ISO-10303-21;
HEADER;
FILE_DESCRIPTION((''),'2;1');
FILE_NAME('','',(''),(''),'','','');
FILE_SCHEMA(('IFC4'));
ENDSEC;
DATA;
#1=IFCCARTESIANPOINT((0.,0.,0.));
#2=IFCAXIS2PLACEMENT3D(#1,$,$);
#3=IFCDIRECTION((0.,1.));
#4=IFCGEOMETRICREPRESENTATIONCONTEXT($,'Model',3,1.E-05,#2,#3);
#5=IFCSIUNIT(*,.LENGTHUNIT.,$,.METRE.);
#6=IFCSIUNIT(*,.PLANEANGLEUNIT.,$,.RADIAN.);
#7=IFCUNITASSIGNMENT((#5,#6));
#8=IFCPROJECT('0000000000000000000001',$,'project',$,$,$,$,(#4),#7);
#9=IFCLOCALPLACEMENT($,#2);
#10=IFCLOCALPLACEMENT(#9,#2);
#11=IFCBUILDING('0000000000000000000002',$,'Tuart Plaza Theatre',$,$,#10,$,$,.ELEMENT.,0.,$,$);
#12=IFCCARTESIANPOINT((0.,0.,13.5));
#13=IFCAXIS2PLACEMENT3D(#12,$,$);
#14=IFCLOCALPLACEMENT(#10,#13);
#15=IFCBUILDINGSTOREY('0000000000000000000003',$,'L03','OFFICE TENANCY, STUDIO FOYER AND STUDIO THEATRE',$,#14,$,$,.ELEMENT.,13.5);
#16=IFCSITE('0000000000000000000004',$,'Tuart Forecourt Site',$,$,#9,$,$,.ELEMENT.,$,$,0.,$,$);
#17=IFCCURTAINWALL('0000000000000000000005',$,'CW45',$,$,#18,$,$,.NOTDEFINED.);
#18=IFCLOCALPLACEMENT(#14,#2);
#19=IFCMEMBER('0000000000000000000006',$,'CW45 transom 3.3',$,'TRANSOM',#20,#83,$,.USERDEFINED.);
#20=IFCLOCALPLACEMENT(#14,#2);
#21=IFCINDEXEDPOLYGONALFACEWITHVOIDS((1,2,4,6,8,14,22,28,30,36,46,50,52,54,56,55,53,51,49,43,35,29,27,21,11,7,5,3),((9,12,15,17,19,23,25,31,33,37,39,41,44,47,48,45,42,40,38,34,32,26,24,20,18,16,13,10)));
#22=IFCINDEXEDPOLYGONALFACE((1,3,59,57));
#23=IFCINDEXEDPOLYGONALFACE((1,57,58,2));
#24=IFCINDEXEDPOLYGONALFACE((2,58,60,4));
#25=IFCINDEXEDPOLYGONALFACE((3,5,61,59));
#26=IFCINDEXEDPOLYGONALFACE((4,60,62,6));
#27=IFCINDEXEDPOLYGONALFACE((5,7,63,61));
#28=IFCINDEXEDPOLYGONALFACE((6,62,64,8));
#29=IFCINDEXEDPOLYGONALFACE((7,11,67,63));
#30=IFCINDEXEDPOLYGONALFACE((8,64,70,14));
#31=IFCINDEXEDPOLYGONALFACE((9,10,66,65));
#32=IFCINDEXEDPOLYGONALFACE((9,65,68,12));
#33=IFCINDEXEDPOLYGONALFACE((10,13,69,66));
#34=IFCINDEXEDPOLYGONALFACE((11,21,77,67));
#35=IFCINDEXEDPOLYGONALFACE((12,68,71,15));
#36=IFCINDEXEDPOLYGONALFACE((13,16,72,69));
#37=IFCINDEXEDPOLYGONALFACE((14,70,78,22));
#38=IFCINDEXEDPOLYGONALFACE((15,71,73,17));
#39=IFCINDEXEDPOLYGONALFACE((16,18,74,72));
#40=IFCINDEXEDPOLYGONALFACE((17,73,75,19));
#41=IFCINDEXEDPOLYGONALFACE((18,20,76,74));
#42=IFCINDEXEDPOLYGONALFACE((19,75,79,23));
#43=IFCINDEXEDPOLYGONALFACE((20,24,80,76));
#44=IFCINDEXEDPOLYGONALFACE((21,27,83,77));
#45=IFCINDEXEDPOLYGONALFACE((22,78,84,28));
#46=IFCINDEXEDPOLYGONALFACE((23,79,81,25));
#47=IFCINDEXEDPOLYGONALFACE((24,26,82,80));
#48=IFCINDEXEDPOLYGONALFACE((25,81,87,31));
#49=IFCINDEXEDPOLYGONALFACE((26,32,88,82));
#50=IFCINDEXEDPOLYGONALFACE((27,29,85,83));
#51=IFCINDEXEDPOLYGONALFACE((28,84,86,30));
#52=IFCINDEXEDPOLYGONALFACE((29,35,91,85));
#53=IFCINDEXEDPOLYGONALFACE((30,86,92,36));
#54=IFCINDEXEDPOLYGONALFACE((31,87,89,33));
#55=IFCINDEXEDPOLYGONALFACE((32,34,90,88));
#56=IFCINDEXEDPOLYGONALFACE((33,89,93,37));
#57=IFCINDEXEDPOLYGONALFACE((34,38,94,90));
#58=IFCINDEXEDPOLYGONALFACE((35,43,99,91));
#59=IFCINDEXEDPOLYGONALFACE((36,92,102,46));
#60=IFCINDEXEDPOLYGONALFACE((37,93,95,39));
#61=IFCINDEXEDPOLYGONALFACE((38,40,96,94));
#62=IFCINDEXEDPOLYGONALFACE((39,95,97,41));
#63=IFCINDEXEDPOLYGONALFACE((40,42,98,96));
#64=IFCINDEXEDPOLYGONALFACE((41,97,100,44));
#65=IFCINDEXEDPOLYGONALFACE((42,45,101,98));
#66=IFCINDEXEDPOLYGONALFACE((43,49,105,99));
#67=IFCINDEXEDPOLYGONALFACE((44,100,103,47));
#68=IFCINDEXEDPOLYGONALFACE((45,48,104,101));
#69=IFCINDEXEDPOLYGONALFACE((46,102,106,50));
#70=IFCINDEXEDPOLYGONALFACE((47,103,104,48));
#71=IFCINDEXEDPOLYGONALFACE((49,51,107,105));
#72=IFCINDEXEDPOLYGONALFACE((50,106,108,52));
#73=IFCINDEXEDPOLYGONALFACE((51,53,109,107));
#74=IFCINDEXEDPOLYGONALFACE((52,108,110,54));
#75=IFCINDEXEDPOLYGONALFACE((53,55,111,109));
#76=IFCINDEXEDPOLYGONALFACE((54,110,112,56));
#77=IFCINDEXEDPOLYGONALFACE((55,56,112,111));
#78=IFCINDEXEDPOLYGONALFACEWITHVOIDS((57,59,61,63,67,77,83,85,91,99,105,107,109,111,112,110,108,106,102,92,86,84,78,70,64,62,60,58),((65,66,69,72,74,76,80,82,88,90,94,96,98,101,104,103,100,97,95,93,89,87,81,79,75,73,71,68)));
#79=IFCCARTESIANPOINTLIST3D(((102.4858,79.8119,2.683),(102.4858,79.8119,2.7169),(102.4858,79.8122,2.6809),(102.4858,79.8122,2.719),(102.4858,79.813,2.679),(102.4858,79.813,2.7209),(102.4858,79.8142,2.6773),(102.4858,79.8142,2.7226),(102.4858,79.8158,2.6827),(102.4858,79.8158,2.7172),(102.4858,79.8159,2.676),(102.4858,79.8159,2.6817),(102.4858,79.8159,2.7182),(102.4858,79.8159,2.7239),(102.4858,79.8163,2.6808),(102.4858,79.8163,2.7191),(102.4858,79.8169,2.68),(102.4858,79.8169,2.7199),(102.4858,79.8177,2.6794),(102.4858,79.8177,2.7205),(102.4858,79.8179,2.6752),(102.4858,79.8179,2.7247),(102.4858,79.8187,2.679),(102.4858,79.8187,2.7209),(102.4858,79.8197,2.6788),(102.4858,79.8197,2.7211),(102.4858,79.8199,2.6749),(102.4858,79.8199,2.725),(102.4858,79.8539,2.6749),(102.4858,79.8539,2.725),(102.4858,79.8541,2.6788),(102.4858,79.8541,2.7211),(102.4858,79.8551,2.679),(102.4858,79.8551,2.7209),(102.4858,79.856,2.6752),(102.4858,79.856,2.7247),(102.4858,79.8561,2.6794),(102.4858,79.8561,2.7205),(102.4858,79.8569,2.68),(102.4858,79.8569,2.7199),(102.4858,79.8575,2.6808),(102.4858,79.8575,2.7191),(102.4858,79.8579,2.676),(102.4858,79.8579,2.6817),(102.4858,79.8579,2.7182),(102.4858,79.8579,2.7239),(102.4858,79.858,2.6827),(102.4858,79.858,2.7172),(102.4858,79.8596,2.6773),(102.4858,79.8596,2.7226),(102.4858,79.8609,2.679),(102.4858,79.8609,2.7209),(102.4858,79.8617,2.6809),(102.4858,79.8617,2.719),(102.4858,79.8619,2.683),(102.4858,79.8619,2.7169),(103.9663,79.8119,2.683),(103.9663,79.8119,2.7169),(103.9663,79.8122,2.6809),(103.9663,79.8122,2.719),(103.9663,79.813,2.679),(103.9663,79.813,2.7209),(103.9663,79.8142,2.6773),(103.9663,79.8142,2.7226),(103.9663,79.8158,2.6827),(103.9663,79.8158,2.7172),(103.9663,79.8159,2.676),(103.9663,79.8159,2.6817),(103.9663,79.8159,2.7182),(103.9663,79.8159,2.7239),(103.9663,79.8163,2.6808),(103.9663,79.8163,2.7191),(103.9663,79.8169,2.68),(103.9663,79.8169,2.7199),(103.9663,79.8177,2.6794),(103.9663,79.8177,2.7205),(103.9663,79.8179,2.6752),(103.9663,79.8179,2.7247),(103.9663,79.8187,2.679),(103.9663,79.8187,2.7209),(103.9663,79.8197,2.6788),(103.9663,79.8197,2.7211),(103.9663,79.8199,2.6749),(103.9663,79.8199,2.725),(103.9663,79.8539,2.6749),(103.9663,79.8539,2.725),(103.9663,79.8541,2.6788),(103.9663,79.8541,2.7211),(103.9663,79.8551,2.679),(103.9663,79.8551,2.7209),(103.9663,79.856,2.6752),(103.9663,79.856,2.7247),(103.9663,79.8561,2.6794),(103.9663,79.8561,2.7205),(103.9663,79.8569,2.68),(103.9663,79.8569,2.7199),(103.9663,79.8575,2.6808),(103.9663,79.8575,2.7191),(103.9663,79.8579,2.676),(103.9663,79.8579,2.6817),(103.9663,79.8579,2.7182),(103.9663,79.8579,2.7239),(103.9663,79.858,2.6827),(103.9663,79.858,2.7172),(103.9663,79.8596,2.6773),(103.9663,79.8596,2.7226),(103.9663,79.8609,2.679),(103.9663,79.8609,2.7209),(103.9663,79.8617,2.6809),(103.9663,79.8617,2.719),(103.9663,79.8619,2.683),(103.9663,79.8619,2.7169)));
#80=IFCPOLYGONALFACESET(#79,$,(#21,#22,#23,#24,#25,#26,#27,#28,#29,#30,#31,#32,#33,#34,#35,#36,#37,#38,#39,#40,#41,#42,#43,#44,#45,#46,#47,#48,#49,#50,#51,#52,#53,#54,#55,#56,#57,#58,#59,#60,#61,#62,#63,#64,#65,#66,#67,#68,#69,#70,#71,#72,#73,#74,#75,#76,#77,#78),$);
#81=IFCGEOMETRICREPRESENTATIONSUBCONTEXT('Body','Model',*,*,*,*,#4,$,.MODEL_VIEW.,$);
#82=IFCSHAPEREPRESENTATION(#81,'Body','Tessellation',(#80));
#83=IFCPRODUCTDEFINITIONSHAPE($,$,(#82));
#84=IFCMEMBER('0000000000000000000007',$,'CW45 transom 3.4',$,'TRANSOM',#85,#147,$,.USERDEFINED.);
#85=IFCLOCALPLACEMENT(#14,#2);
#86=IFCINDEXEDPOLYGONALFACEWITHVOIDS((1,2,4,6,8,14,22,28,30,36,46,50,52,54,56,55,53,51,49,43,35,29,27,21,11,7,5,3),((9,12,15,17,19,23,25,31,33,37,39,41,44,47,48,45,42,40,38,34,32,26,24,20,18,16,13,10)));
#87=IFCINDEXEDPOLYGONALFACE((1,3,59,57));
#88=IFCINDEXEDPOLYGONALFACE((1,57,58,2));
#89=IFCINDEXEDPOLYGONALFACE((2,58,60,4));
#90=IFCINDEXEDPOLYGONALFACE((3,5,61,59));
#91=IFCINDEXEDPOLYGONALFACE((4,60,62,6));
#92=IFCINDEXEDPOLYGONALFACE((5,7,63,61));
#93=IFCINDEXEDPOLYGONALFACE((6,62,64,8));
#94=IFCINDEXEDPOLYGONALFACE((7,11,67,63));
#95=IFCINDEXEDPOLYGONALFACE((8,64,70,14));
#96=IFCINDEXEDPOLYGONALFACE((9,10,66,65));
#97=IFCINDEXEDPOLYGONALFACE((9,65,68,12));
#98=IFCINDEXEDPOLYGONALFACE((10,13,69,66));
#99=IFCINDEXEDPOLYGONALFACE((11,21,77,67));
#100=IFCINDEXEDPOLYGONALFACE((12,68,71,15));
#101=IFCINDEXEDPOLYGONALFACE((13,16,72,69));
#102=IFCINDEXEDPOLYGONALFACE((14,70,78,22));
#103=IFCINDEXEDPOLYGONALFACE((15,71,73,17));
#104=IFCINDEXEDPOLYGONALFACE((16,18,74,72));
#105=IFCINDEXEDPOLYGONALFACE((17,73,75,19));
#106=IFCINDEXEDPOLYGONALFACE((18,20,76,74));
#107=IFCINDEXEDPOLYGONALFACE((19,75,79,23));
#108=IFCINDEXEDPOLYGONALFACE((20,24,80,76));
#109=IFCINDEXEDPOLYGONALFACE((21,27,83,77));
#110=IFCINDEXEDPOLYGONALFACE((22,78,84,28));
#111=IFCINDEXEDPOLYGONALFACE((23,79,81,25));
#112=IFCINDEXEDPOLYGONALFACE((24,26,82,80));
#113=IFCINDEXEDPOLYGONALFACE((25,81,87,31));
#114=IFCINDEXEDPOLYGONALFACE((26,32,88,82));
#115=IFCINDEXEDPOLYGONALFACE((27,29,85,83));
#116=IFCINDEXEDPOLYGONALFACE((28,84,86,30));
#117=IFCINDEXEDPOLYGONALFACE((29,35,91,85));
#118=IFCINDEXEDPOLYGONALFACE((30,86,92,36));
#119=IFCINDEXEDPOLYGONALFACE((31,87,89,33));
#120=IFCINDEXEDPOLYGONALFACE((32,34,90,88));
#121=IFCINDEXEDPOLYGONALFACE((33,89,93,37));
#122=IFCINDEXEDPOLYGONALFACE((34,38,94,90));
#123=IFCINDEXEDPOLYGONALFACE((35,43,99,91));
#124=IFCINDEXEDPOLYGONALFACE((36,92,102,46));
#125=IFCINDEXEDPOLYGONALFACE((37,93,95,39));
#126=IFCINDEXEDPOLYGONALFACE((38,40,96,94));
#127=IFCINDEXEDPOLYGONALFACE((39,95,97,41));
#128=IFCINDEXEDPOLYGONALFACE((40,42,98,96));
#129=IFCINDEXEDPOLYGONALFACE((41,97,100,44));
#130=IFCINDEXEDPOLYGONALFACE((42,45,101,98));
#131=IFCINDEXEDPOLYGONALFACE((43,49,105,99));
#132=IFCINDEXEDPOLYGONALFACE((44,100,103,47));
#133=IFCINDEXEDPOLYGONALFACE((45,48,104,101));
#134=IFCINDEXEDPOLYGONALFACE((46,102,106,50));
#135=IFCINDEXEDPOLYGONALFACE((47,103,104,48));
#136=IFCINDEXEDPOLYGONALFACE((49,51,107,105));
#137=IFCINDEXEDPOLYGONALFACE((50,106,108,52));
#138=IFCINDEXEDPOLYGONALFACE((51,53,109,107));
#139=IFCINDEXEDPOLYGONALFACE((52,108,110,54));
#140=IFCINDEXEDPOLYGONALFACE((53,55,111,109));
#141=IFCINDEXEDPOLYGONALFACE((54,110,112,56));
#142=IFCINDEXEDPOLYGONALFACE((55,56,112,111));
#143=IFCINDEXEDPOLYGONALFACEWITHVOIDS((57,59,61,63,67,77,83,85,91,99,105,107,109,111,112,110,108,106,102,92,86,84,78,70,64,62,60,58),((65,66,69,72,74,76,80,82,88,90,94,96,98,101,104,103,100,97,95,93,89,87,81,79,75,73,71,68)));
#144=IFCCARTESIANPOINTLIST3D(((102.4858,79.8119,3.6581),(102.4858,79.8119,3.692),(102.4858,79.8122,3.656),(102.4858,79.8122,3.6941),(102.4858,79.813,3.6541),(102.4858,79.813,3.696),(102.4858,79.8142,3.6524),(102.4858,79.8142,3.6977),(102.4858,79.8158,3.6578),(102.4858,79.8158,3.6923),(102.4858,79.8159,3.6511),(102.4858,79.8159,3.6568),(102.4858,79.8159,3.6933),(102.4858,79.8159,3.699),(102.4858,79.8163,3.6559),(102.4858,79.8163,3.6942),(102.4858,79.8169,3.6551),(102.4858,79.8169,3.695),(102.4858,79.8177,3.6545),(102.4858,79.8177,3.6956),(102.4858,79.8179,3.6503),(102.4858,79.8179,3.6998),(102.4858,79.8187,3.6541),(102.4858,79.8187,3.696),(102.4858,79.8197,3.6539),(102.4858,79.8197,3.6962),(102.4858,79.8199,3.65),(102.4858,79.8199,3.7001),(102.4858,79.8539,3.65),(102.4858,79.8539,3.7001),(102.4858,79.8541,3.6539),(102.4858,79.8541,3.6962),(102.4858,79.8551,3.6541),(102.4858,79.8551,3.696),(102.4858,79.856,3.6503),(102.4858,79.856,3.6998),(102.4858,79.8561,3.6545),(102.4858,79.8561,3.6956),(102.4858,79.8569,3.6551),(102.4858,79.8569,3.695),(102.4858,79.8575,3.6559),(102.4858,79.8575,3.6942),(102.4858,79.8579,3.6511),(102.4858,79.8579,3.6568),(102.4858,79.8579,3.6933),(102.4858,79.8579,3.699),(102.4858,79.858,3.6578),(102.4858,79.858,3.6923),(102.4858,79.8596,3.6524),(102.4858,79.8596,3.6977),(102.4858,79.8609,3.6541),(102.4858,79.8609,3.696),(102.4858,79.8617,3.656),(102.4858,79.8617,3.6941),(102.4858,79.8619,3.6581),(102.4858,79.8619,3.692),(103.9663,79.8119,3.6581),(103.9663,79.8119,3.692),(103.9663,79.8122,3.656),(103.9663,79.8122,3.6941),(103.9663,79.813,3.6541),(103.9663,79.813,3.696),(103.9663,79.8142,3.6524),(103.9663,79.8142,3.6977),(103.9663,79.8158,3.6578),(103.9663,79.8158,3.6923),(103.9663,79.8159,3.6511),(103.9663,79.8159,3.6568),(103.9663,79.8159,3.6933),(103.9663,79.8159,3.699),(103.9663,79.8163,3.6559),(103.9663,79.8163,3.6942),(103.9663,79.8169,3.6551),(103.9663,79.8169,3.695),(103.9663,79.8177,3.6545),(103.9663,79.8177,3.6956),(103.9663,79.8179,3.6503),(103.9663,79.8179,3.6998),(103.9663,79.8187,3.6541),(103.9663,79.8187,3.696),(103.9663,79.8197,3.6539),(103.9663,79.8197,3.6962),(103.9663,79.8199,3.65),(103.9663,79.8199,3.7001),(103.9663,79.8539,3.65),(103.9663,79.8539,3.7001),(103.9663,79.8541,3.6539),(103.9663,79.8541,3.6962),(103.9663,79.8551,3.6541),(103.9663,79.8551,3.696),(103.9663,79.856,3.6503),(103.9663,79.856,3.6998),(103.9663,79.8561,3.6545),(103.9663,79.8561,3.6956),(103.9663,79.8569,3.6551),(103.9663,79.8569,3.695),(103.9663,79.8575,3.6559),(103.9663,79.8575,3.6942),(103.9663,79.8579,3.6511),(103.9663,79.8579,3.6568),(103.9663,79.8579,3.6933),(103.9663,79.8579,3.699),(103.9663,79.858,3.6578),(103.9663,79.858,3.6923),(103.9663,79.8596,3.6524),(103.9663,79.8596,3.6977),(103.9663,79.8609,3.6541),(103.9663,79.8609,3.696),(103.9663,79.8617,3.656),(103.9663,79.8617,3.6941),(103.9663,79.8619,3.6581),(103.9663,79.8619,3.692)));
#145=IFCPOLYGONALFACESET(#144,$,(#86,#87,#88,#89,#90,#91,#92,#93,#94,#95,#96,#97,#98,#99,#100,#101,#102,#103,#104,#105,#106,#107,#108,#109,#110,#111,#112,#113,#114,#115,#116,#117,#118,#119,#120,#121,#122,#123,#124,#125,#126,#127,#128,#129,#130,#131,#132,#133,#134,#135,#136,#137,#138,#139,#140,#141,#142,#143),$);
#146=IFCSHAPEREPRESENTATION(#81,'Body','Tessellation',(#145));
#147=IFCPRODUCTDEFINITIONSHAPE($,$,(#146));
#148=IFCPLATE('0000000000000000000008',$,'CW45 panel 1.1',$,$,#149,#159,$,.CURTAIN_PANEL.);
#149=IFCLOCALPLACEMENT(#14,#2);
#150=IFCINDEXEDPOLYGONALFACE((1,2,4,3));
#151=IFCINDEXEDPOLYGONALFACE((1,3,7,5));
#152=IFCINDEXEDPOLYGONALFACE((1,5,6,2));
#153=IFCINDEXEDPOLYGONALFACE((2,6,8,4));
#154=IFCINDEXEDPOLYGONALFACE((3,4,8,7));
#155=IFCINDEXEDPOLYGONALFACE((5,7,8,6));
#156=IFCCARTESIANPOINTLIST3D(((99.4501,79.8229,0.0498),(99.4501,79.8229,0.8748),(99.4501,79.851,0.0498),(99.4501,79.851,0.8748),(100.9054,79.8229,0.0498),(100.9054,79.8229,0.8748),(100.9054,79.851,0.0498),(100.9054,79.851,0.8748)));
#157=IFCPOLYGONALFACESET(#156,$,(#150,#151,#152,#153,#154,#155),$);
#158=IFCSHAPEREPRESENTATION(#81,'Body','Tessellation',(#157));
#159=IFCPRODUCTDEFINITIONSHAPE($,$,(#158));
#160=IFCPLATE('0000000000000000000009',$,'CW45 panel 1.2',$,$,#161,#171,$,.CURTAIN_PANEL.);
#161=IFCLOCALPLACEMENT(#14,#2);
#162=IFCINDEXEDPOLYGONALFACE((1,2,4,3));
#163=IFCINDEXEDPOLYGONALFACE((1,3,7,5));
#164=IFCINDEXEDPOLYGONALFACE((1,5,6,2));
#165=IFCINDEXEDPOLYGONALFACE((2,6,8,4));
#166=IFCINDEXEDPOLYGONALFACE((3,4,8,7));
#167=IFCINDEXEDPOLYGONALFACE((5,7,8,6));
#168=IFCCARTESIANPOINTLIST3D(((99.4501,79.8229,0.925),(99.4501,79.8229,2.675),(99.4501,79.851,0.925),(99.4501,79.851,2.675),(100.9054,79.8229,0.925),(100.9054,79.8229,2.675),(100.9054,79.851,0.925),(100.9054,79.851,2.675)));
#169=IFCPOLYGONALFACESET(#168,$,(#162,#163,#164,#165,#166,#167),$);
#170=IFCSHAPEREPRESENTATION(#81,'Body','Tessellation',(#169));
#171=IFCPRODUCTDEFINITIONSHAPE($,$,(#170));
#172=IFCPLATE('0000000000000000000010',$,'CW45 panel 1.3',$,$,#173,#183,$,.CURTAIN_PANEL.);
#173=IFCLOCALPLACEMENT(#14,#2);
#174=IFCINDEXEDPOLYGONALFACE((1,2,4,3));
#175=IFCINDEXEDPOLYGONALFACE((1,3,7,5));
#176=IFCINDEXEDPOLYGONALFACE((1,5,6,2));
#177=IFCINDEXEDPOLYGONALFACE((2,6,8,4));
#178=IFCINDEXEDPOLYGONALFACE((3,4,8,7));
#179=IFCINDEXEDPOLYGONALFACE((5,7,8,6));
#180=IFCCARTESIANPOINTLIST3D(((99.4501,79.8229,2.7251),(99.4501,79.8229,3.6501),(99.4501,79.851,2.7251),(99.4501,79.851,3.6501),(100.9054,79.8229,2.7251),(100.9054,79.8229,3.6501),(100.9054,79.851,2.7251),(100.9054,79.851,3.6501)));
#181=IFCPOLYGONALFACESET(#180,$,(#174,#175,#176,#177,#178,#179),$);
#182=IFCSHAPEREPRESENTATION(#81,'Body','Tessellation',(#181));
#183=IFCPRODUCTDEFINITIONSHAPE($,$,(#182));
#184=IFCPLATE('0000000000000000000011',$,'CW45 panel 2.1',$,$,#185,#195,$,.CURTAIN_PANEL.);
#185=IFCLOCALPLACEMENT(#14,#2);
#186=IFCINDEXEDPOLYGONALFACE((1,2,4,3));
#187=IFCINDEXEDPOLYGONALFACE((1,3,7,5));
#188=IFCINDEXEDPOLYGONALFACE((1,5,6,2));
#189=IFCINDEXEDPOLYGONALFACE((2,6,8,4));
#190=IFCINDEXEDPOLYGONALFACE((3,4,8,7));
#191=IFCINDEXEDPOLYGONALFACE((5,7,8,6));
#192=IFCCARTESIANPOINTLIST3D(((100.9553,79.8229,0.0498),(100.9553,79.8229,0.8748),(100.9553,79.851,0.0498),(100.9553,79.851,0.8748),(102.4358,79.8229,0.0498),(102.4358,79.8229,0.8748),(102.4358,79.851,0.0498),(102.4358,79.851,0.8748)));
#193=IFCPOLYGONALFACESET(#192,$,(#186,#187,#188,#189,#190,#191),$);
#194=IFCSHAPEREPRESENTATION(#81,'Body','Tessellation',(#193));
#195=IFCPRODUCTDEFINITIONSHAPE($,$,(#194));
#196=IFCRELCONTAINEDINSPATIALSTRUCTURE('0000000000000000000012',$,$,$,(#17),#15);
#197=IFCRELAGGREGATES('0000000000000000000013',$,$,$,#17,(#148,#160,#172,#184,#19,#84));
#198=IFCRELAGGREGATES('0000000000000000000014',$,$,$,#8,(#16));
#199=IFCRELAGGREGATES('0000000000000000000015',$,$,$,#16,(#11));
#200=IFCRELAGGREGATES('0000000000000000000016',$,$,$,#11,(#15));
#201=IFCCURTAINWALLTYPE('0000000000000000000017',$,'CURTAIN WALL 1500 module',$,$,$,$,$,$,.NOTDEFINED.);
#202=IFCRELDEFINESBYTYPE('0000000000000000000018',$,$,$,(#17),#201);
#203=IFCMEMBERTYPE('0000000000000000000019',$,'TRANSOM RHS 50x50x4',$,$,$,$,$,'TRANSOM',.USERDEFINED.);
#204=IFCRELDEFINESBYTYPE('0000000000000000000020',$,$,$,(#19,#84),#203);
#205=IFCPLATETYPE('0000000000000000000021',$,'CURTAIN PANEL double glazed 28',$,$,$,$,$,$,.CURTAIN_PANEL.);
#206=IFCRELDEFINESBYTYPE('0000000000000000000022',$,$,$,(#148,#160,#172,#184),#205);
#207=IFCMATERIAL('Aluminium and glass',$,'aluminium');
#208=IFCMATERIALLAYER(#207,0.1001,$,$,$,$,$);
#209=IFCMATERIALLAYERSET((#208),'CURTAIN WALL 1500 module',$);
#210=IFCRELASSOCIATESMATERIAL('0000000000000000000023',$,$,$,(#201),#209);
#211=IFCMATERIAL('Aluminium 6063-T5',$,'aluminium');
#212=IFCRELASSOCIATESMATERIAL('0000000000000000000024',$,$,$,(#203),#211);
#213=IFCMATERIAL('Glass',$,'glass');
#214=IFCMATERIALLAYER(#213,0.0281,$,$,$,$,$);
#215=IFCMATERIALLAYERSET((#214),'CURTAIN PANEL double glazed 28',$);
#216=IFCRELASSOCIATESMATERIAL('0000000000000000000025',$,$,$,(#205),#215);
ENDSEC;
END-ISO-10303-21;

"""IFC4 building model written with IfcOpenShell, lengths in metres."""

from ifc_helpers import new_model, si_unit, direction, frame, origin, origin_2d, place, context, subcontext, project, spatial, rectangle, hollow_rectangle, extrude, material, layer, layer_set, material_profile, profile_set, type_object, element, aggregate, save


model = new_model("IFC4")

# Units and contexts
model_context = context("Model", 3, precision=1e-05, world=origin(), true_north=direction((0.0, 1.0)))
body_context = subcontext(model_context, "Body", "Model", "MODEL_VIEW")
ifc_project = project(units=[si_unit("LENGTHUNIT", "METRE"), si_unit("PLANEANGLEUNIT", "RADIAN")], contexts=[model_context])

# Site, building, storey
site_placement = place(None, origin())
site = spatial("IfcSite", under=ifc_project, at=site_placement, Name="Tuart Forecourt Site", CompositionType="ELEMENT", RefElevation=0.0)
building_placement = place(site_placement, origin())
building = spatial("IfcBuilding", under=site, at=building_placement, Name="Tuart Plaza Theatre", CompositionType="ELEMENT", ElevationOfRefHeight=0.0)
storey_placement = place(building_placement, frame((0.0, 0.0, 13.5)))
storey = spatial("IfcBuildingStorey", under=building, at=storey_placement, Name="L03", Description="OFFICE TENANCY, STUDIO FOYER AND STUDIO THEATRE", CompositionType="ELEMENT", Elevation=13.5)

# Curtain wall, members, plates
ifc_material_1 = material(Name="Aluminium and glass", Category="aluminium")
ifc_layer_1 = layer(ifc_material_1, 0.1001)
ifc_layer_set_1 = layer_set([ifc_layer_1], Name="CURTAIN WALL 1500 module")
curtain_wall_type = type_object("IfcCurtainWallType", Name="CURTAIN WALL 1500 module", PredefinedType="NOTDEFINED", material=ifc_layer_set_1)
curtain_wall_placement = place(storey_placement, origin())
curtain_wall = element("IfcCurtainWall", 1, at=curtain_wall_placement, inside=storey, type_object=curtain_wall_type, Name="CW45", PredefinedType="NOTDEFINED")
ifc_material_2 = material(Name="Aluminium 6063-T5", Category="aluminium")
ifc_material_profile_1 = material_profile(ifc_material_2, hollow_rectangle(XDim=0.05, YDim=0.05, WallThickness=0.0039, InnerFilletRadius=0.0039, OuterFilletRadius=0.0081, at=origin_2d()), Name="RHS 50x50x4")
ifc_profile_set_1 = profile_set([ifc_material_profile_1], Name="Aluminium 6063-T5")
member_type_1 = type_object("IfcMemberType", Name="TRANSOM RHS 50x50x4", ElementType="TRANSOM", PredefinedType="USERDEFINED", material=ifc_profile_set_1)
member_1_placement = place(storey_placement, frame((102.4858, 79.8369, 2.7), z_axis=(1.0, 0.0, 0.0), x_axis=(0.0, 1.0, 0.0)))
member_1 = element("IfcMember", 2, at=member_1_placement, type_object=member_type_1, Name="CW45 transom 3.3", ObjectType="TRANSOM", PredefinedType="USERDEFINED", context=body_context, shape_type="SweptSolid", body=[
    extrude(hollow_rectangle(XDim=0.05, YDim=0.05, WallThickness=0.0039, InnerFilletRadius=0.0039, OuterFilletRadius=0.0081, at=origin_2d()), origin(), (0.0, 0.0, 1.0), 1.4805),
])
member_2_placement = place(storey_placement, frame((102.4858, 79.8369, 3.675), z_axis=(1.0, 0.0, 0.0), x_axis=(0.0, 1.0, 0.0)))
member_2 = element("IfcMember", 3, at=member_2_placement, type_object=member_type_1, Name="CW45 transom 3.4", ObjectType="TRANSOM", PredefinedType="USERDEFINED", context=body_context, shape_type="SweptSolid", body=[
    extrude(hollow_rectangle(XDim=0.05, YDim=0.05, WallThickness=0.0039, InnerFilletRadius=0.0039, OuterFilletRadius=0.0081, at=origin_2d()), origin(), (0.0, 0.0, 1.0), 1.4805),
])
ifc_material_3 = material(Name="Glass", Category="glass")
ifc_layer_2 = layer(ifc_material_3, 0.0281)
ifc_layer_set_2 = layer_set([ifc_layer_2], Name="CURTAIN PANEL double glazed 28")
plate_type = type_object("IfcPlateType", Name="CURTAIN PANEL double glazed 28", PredefinedType="CURTAIN_PANEL", material=ifc_layer_set_2)
plate_1_placement = place(storey_placement, frame((100.1777, 79.8369, 0.0498), z_axis=(0.0, 0.0, 1.0), x_axis=(1.0, 0.0, 0.0)))
plate_1 = element("IfcPlate", 4, at=plate_1_placement, type_object=plate_type, Name="CW45 panel 1.1", PredefinedType="CURTAIN_PANEL", context=body_context, shape_type="SweptSolid", body=[
    extrude(rectangle(XDim=1.4553, YDim=0.0281, at=origin_2d()), origin(), (0.0, 0.0, 1.0), 0.825),
])
plate_2_placement = place(storey_placement, frame((100.1777, 79.8369, 0.925), z_axis=(0.0, 0.0, 1.0), x_axis=(1.0, 0.0, 0.0)))
plate_2 = element("IfcPlate", 5, at=plate_2_placement, type_object=plate_type, Name="CW45 panel 1.2", PredefinedType="CURTAIN_PANEL", context=body_context, shape_type="SweptSolid", body=[
    extrude(rectangle(XDim=1.4553, YDim=0.0281, at=origin_2d()), origin(), (0.0, 0.0, 1.0), 1.75),
])
plate_3_placement = place(storey_placement, frame((100.1777, 79.8369, 2.7251), z_axis=(0.0, 0.0, 1.0), x_axis=(1.0, 0.0, 0.0)))
plate_3 = element("IfcPlate", 6, at=plate_3_placement, type_object=plate_type, Name="CW45 panel 1.3", PredefinedType="CURTAIN_PANEL", context=body_context, shape_type="SweptSolid", body=[
    extrude(rectangle(XDim=1.4553, YDim=0.0281, at=origin_2d()), origin(), (0.0, 0.0, 1.0), 0.925),
])
plate_4_placement = place(storey_placement, frame((101.6956, 79.8369, 0.0498), z_axis=(0.0, 0.0, 1.0), x_axis=(1.0, 0.0, 0.0)))
plate_4 = element("IfcPlate", 7, at=plate_4_placement, type_object=plate_type, Name="CW45 panel 2.1", PredefinedType="CURTAIN_PANEL", context=body_context, shape_type="SweptSolid", body=[
    extrude(rectangle(XDim=1.4805, YDim=0.0281, at=origin_2d()), origin(), (0.0, 0.0, 1.0), 0.825),
])
aggregate(curtain_wall, [plate_1, plate_2, plate_3, plate_4, member_1, member_2])

save(model, "model.ifc")
